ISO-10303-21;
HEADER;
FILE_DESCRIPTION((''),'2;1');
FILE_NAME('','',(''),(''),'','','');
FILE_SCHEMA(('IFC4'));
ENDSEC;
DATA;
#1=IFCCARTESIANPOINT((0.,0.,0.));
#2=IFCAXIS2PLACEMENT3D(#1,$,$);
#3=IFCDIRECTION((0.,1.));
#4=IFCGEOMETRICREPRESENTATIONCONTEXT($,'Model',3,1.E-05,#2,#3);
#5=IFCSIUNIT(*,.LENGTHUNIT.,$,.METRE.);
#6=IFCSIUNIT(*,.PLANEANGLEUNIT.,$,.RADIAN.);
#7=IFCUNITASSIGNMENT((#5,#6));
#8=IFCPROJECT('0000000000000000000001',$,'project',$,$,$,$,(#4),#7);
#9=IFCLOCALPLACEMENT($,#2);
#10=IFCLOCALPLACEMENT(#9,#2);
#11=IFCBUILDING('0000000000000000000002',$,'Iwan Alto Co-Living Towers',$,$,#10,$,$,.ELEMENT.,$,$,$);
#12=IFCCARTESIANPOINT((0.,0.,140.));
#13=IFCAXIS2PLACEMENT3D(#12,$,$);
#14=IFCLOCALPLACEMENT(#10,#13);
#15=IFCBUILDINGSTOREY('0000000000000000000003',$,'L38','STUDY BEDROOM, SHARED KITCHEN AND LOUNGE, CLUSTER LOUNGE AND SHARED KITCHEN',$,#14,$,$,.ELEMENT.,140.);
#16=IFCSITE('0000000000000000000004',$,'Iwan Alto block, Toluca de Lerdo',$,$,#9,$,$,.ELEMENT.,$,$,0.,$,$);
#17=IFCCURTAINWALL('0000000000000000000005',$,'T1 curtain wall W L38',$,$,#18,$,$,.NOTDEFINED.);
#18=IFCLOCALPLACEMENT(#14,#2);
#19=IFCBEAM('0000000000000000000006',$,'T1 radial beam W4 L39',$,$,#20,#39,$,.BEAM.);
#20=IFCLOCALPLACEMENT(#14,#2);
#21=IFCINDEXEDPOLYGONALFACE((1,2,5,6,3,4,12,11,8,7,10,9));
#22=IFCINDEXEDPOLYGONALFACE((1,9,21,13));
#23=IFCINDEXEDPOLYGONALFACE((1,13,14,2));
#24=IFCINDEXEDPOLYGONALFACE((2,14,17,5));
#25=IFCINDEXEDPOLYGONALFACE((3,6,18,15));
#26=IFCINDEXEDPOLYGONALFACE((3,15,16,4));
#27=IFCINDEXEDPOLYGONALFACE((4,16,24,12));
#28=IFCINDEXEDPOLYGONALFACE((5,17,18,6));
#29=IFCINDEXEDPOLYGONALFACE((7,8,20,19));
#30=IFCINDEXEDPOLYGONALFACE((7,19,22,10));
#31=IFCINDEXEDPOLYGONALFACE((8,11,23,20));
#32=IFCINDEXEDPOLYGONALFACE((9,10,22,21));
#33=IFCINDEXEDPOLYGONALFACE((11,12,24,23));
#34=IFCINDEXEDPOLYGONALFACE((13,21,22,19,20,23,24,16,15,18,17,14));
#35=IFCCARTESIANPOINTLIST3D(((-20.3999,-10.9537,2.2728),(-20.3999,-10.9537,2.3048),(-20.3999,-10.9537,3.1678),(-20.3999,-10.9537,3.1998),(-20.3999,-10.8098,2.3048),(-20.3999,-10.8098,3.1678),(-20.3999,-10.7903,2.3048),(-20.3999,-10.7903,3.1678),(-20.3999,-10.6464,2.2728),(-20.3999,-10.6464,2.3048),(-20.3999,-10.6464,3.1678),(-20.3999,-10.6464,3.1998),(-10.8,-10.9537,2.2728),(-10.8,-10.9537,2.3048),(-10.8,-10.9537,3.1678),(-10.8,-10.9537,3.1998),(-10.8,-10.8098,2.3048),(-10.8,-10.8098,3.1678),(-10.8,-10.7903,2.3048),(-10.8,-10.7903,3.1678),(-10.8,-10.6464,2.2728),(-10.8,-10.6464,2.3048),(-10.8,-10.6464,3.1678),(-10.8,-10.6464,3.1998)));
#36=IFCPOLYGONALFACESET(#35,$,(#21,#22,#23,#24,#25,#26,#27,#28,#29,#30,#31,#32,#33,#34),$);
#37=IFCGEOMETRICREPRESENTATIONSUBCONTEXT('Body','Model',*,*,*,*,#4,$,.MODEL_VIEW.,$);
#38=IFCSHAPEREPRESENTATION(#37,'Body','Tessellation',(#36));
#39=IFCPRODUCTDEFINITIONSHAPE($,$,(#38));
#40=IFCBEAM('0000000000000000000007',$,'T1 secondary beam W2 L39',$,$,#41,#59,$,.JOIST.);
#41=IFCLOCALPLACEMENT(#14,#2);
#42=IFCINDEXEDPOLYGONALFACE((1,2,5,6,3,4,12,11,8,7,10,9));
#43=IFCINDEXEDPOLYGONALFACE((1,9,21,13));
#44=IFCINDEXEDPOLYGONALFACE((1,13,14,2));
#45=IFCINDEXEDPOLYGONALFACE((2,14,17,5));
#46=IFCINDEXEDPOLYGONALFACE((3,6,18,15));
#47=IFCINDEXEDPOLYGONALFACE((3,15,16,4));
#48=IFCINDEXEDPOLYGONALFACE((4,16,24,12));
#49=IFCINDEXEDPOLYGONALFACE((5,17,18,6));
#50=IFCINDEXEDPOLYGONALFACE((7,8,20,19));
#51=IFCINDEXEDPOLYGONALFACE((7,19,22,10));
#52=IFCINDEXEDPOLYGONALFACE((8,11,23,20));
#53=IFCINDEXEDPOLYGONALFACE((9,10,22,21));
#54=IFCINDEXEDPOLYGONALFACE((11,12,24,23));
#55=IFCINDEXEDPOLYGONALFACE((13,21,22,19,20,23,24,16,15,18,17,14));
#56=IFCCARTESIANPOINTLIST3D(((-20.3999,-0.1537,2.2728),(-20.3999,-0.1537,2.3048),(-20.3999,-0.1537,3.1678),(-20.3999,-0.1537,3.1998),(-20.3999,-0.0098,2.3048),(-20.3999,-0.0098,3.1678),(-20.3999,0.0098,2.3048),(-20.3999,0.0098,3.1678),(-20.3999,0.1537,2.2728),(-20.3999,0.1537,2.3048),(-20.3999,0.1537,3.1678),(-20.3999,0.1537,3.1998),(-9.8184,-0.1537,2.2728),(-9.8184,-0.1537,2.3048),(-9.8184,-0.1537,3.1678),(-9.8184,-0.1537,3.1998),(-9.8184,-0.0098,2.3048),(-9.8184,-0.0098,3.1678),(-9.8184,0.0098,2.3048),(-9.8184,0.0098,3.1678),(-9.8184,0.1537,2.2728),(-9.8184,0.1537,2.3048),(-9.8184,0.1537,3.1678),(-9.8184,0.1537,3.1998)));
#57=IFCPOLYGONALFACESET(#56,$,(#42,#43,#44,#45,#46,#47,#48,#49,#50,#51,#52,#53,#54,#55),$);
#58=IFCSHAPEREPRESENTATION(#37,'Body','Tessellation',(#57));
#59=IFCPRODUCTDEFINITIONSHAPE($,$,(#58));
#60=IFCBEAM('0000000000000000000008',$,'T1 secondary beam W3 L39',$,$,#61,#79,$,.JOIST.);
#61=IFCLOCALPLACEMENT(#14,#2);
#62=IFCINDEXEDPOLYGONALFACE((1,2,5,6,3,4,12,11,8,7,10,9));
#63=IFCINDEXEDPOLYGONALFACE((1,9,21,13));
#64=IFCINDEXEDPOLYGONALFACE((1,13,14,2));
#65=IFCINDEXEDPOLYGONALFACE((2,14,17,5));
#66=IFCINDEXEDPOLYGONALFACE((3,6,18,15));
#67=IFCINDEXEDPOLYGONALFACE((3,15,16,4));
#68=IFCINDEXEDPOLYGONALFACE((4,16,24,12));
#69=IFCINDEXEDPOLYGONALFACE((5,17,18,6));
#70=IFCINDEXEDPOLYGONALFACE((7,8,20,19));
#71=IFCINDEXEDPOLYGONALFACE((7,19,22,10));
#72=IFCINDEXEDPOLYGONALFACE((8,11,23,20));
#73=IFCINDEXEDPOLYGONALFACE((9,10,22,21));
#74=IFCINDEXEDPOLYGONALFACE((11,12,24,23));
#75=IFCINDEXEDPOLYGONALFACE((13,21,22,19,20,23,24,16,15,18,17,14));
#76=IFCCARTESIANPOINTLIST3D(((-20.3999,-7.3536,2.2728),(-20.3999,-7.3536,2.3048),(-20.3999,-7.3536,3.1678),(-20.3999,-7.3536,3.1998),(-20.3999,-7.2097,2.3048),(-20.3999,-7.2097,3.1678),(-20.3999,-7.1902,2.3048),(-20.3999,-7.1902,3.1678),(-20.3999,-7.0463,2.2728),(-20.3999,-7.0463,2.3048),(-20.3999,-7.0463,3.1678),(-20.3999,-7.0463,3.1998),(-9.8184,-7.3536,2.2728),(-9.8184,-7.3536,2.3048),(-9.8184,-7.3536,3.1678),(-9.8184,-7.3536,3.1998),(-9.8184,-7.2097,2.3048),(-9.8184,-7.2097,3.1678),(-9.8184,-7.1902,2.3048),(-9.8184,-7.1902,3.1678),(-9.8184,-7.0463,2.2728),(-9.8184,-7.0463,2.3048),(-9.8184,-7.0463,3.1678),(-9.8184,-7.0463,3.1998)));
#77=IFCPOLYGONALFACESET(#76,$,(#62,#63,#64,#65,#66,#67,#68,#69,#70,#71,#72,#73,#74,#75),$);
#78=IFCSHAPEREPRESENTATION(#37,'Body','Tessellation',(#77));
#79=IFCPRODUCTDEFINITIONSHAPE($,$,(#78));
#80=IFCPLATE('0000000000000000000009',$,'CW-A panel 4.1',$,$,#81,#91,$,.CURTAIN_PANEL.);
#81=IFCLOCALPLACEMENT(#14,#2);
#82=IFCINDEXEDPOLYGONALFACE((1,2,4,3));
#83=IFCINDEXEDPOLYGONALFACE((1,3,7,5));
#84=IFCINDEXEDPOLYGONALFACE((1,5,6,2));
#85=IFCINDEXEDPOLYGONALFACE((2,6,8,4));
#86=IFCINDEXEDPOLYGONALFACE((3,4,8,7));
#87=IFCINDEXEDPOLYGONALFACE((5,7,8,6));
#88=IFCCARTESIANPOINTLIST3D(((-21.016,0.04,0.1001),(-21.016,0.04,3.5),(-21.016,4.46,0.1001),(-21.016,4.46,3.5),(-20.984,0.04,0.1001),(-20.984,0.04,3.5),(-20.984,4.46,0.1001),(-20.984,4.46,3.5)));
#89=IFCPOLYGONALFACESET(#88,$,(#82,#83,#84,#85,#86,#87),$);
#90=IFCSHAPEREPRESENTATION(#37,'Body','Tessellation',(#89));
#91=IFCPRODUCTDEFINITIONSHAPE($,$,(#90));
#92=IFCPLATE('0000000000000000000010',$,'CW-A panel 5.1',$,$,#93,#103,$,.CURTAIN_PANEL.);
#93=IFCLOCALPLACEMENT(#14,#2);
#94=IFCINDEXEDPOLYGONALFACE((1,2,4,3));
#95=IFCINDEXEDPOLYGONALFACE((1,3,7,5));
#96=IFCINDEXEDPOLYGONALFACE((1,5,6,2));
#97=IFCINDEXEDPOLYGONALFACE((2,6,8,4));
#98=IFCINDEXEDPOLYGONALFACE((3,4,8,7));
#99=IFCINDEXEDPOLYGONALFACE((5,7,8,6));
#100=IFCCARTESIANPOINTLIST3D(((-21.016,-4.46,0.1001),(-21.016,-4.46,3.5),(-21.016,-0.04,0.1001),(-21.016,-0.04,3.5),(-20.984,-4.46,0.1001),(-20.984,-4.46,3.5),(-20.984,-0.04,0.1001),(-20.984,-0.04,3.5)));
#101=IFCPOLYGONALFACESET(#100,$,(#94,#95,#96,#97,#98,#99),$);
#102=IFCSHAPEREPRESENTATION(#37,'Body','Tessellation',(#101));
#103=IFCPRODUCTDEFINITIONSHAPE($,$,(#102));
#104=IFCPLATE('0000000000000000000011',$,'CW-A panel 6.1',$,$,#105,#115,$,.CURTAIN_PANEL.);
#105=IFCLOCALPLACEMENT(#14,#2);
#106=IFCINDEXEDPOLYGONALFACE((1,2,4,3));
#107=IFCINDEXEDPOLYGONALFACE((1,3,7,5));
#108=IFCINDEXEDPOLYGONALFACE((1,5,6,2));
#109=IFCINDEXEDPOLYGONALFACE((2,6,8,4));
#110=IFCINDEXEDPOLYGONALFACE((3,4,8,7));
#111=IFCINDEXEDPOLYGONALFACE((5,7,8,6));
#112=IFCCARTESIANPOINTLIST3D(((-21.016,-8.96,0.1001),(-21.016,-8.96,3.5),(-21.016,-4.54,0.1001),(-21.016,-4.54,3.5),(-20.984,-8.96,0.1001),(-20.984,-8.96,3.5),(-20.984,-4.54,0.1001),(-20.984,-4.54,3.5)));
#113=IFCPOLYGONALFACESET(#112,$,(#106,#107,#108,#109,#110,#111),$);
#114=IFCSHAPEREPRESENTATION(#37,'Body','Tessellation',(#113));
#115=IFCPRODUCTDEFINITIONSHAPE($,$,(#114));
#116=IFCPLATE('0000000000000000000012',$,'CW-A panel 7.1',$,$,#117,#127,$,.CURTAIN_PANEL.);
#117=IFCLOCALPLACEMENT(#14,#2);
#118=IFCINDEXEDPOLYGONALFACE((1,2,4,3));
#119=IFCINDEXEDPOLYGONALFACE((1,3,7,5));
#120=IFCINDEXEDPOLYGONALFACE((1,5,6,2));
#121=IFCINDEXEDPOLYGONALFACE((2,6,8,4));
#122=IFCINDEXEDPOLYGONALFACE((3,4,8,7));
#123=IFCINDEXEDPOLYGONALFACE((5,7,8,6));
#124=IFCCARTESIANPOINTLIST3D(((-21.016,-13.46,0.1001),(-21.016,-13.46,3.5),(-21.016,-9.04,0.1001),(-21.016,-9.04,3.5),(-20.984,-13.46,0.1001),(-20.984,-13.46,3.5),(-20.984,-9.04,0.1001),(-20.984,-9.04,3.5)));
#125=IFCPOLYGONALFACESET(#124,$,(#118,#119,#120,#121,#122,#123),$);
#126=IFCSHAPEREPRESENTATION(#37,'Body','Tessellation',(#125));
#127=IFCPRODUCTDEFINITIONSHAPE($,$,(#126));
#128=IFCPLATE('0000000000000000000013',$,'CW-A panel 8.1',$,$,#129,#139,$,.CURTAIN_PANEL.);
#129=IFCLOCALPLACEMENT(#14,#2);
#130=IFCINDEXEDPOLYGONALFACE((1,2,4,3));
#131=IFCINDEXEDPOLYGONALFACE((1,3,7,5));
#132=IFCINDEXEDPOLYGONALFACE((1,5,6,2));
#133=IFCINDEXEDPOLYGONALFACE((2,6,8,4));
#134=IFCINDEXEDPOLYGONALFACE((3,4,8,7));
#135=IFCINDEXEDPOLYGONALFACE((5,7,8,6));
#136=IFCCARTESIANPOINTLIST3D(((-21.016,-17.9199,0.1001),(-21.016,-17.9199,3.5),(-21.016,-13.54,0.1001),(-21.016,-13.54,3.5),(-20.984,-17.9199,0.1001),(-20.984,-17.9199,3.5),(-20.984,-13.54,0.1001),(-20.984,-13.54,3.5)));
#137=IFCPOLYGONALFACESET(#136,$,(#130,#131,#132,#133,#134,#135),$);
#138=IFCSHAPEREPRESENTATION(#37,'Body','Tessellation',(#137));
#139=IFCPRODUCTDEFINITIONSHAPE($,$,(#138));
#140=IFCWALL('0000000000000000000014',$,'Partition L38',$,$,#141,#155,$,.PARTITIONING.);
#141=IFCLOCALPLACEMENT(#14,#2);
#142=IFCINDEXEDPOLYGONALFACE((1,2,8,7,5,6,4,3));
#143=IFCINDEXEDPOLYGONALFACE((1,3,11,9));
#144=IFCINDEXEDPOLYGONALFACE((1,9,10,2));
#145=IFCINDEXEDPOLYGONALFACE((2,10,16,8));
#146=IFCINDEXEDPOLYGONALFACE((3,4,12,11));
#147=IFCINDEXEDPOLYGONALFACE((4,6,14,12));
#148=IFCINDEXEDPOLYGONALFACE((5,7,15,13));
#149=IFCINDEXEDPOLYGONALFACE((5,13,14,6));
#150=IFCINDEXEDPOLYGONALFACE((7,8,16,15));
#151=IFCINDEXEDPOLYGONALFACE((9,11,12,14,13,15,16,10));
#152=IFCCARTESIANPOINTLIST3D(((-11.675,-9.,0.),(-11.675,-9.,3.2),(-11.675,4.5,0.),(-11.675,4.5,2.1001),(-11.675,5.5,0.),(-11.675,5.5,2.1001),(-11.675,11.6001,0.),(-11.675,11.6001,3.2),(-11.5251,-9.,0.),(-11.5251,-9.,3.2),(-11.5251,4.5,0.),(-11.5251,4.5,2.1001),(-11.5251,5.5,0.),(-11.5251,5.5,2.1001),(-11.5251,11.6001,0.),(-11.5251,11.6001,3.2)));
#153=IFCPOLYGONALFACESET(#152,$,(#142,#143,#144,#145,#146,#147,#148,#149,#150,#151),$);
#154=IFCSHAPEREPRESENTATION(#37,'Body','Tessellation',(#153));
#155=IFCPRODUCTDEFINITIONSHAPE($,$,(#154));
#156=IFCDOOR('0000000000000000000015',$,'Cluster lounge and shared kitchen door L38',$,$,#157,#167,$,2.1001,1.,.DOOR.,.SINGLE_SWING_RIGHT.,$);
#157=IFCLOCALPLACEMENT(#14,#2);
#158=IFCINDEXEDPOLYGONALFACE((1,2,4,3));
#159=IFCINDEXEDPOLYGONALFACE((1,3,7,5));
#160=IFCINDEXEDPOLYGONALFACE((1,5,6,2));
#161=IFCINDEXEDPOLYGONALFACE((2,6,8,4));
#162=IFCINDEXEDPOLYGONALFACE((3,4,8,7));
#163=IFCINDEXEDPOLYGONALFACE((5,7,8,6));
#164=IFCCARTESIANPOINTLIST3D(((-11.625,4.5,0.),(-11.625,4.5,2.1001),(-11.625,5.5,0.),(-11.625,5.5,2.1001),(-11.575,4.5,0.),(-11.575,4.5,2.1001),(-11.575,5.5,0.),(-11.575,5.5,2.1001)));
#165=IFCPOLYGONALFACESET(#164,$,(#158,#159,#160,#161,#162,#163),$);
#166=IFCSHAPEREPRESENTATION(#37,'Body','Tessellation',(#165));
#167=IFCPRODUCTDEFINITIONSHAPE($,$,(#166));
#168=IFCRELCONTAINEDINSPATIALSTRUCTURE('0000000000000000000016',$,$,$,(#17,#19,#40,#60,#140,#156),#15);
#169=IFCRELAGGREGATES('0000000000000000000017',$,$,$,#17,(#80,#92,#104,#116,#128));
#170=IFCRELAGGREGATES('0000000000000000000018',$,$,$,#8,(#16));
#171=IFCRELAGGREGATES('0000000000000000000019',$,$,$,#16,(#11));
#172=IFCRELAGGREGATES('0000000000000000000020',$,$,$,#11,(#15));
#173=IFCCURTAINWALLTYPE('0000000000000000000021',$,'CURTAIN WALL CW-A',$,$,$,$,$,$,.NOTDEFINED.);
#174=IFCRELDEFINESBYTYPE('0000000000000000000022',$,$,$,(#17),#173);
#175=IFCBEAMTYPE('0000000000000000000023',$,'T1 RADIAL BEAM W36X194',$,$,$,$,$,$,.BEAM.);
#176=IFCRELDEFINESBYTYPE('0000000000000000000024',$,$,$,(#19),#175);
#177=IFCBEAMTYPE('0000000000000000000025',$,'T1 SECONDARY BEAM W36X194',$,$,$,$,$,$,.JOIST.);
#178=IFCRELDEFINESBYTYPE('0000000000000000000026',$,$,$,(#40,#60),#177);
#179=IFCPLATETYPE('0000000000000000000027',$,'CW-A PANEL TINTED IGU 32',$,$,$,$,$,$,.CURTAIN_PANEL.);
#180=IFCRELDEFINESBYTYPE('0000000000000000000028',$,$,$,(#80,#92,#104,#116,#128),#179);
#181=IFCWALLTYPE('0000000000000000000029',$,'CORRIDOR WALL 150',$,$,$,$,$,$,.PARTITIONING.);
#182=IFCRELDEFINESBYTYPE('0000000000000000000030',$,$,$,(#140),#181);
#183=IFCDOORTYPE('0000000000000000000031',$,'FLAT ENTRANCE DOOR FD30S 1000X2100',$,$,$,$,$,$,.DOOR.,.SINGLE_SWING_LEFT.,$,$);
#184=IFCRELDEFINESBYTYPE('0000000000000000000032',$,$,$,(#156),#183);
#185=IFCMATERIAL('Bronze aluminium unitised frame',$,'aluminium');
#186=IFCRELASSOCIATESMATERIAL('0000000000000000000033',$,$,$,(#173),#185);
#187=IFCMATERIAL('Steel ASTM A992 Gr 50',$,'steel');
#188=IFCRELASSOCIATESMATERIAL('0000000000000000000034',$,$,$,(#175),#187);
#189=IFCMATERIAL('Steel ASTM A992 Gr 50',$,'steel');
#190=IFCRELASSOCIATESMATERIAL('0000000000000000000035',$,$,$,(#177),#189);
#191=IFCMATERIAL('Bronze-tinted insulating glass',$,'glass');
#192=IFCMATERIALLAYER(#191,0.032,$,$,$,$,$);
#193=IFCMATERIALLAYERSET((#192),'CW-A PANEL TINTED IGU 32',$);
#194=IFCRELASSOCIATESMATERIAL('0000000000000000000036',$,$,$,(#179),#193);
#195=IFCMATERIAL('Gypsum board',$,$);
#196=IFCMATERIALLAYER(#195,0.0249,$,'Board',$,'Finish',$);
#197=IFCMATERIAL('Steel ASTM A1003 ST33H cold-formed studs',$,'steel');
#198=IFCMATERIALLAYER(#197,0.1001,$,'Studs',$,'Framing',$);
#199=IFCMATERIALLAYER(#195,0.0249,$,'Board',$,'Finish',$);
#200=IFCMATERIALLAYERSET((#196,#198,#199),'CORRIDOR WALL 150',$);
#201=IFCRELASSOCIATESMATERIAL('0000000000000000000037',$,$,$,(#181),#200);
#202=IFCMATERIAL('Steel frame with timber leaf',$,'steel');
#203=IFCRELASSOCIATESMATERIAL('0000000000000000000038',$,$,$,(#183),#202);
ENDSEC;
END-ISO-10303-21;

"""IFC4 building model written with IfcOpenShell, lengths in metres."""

from ifc_helpers import new_model, si_unit, direction, frame, frame_2d, origin, origin_2d, place, context, subcontext, project, spatial, rectangle, i_section, extrude, material, layer, layer_set, material_profile, profile_set, type_object, element, fill, aggregate, save


model = new_model("IFC4")

# Units and contexts
model_context = context("Model", 3, precision=1e-05, world=origin(), true_north=direction((0.0, 1.0)))
body_context = subcontext(model_context, "Body", "Model", "MODEL_VIEW")
ifc_project = project(units=[si_unit("LENGTHUNIT", "METRE"), si_unit("PLANEANGLEUNIT", "RADIAN")], contexts=[model_context])

# Site, building, storey
site_placement = place(None, origin())
site = spatial("IfcSite", under=ifc_project, at=site_placement, Name="Iwan Alto block, Toluca de Lerdo", CompositionType="ELEMENT", RefElevation=0.0)
building_placement = place(site_placement, origin())
building = spatial("IfcBuilding", under=site, at=building_placement, Name="Iwan Alto Co-Living Towers", CompositionType="ELEMENT")
storey_placement = place(building_placement, frame((0.0, 0.0, 140.0)))
storey = spatial("IfcBuildingStorey", under=building, at=storey_placement, Name="L38", Description="STUDY BEDROOM, SHARED KITCHEN AND LOUNGE, CLUSTER LOUNGE AND SHARED KITCHEN", CompositionType="ELEMENT", Elevation=140.0)

# Curtain wall
ifc_material_1 = material(Name="Bronze aluminium unitised frame", Category="aluminium")
curtain_wall_type_1 = type_object("IfcCurtainWallType", Name="CURTAIN WALL CW-A", PredefinedType="NOTDEFINED", material=ifc_material_1)
curtain_wall_1_placement = place(storey_placement, origin())
curtain_wall_1 = element("IfcCurtainWall", 1, at=curtain_wall_1_placement, inside=storey, type_object=curtain_wall_type_1, Name="T1 curtain wall W L38", PredefinedType="NOTDEFINED")

# Beams
ifc_material_2 = material(Name="Steel ASTM A992 Gr 50", Category="steel")
ifc_material_profile_1 = material_profile(ifc_material_2, i_section(OverallWidth=0.3074, OverallDepth=0.927, WebThickness=0.0195, FlangeThickness=0.032, at=origin_2d()), Name="W36X194")
ifc_profile_set_1 = profile_set([ifc_material_profile_1], Name="Steel ASTM A992 Gr 50")
beam_type_1 = type_object("IfcBeamType", Name="T1 RADIAL BEAM W36X194", PredefinedType="BEAM", material=ifc_profile_set_1)
beam_1_placement = place(storey_placement, frame((-20.3999, -10.8, 2.7363), z_axis=(1.0, 0.0, 0.0), x_axis=(0.0, 1.0, 0.0)))
element("IfcBeam", 2, at=beam_1_placement, inside=storey, type_object=beam_type_1, Name="T1 radial beam W4 L39", PredefinedType="BEAM", context=body_context, shape_type="SweptSolid", body=[
    extrude(i_section(OverallWidth=0.3074, OverallDepth=0.927, WebThickness=0.0195, FlangeThickness=0.032, at=origin_2d()), origin(), (0.0, 0.0, 1.0), 9.5999),
])
ifc_material_3 = material(Name="Steel ASTM A992 Gr 50", Category="steel")
ifc_material_profile_2 = material_profile(ifc_material_3, i_section(OverallWidth=0.3074, OverallDepth=0.927, WebThickness=0.0195, FlangeThickness=0.032, at=origin_2d()), Name="W36X194")
ifc_profile_set_2 = profile_set([ifc_material_profile_2], Name="Steel ASTM A992 Gr 50")
beam_type_2 = type_object("IfcBeamType", Name="T1 SECONDARY BEAM W36X194", PredefinedType="JOIST", material=ifc_profile_set_2)
for number, where, z_axis, x_axis, name in (
    (3, (-20.3999, 0.0, 2.7363), (1.0, 0.0, 0.0), (0.0, 1.0, 0.0), "T1 secondary beam W2 L39"),
    (4, (-20.3999, -7.2, 2.7363), (1.0, 0.0, 0.0), (0.0, 1.0, 0.0), "T1 secondary beam W3 L39"),
):
    element("IfcBeam", number, at=place(storey_placement, frame(where, z_axis=z_axis, x_axis=x_axis)), inside=storey, type_object=beam_type_2, Name=name, PredefinedType="JOIST", context=body_context, shape_type="SweptSolid", body=[
        extrude(i_section(OverallWidth=0.3074, OverallDepth=0.927, WebThickness=0.0195, FlangeThickness=0.032, at=origin_2d()), origin(), (0.0, 0.0, 1.0), 10.5815),
    ])

# Plates
ifc_material_4 = material(Name="Bronze-tinted insulating glass", Category="glass")
ifc_layer_1 = layer(ifc_material_4, 0.032)
ifc_layer_set_1 = layer_set([ifc_layer_1], Name="CW-A PANEL TINTED IGU 32")
plate_type = type_object("IfcPlateType", Name="CW-A PANEL TINTED IGU 32", PredefinedType="CURTAIN_PANEL", material=ifc_layer_set_1)
plate_1_placement = place(storey_placement, frame((-21.0, 2.25, 0.1001), z_axis=(0.0, 0.0, 1.0), x_axis=(0.0, -1.0, 0.0)))
plate_1 = element("IfcPlate", 5, at=plate_1_placement, type_object=plate_type, Name="CW-A panel 4.1", PredefinedType="CURTAIN_PANEL", context=body_context, shape_type="SweptSolid", body=[
    extrude(rectangle(XDim=4.4199, YDim=0.032, at=origin_2d()), origin(), (0.0, 0.0, 1.0), 3.3999),
])
plate_2_placement = place(storey_placement, frame((-21.0, -2.25, 0.1001), z_axis=(0.0, 0.0, 1.0), x_axis=(0.0, -1.0, 0.0)))
plate_2 = element("IfcPlate", 6, at=plate_2_placement, type_object=plate_type, Name="CW-A panel 5.1", PredefinedType="CURTAIN_PANEL", context=body_context, shape_type="SweptSolid", body=[
    extrude(rectangle(XDim=4.4199, YDim=0.032, at=origin_2d()), origin(), (0.0, 0.0, 1.0), 3.3999),
])
plate_3_placement = place(storey_placement, frame((-21.0, -6.75, 0.1001), z_axis=(0.0, 0.0, 1.0), x_axis=(0.0, -1.0, 0.0)))
plate_3 = element("IfcPlate", 7, at=plate_3_placement, type_object=plate_type, Name="CW-A panel 6.1", PredefinedType="CURTAIN_PANEL", context=body_context, shape_type="SweptSolid", body=[
    extrude(rectangle(XDim=4.4199, YDim=0.032, at=origin_2d()), origin(), (0.0, 0.0, 1.0), 3.3999),
])
plate_4_placement = place(storey_placement, frame((-21.0, -11.25, 0.1001), z_axis=(0.0, 0.0, 1.0), x_axis=(0.0, -1.0, 0.0)))
plate_4 = element("IfcPlate", 8, at=plate_4_placement, type_object=plate_type, Name="CW-A panel 7.1", PredefinedType="CURTAIN_PANEL", context=body_context, shape_type="SweptSolid", body=[
    extrude(rectangle(XDim=4.4199, YDim=0.032, at=origin_2d()), origin(), (0.0, 0.0, 1.0), 3.3999),
])
plate_5_placement = place(storey_placement, frame((-21.0, -15.73, 0.1001), z_axis=(0.0, 0.0, 1.0), x_axis=(0.0, -1.0, 0.0)))
plate_5 = element("IfcPlate", 9, at=plate_5_placement, type_object=plate_type, Name="CW-A panel 8.1", PredefinedType="CURTAIN_PANEL", context=body_context, shape_type="SweptSolid", body=[
    extrude(rectangle(XDim=4.3799, YDim=0.032, at=origin_2d()), origin(), (0.0, 0.0, 1.0), 3.3999),
])
aggregate(curtain_wall_1, [plate_1, plate_2, plate_3, plate_4, plate_5])

# Wall, opening, door
ifc_material_5 = material(Name="Gypsum board")
ifc_layer_2 = layer(ifc_material_5, 0.0249, Name="Board", Category="Finish")
ifc_material_6 = material(Name="Steel ASTM A1003 ST33H cold-formed studs", Category="steel")
ifc_layer_3 = layer(ifc_material_6, 0.1001, Name="Studs", Category="Framing")
ifc_layer_4 = layer(ifc_material_5, 0.0249, Name="Board", Category="Finish")
ifc_layer_set_2 = layer_set([ifc_layer_2, ifc_layer_3, ifc_layer_4], Name="CORRIDOR WALL 150")
wall_type_1 = type_object("IfcWallType", Name="CORRIDOR WALL 150", PredefinedType="PARTITIONING", material=ifc_layer_set_2)
wall_1_placement = place(storey_placement, frame((-11.6001, -9.0, 0.0), z_axis=(0.0, 0.0, 1.0), x_axis=(0.0, 1.0, 0.0)))
wall_1 = element("IfcWall", 10, at=wall_1_placement, inside=storey, type_object=wall_type_1, Name="Partition L38", PredefinedType="PARTITIONING", context=body_context, shape_type="SweptSolid", body=[
    extrude(rectangle(XDim=20.6001, YDim=0.1499, at=frame_2d((10.3, 0.0))), origin(), (0.0, 0.0, 1.0), 3.2),
])
opening_1_placement = place(wall_1_placement, frame((13.5, 0.0, 0.0)))
opening_1 = element("IfcOpeningElement", 11, at=opening_1_placement, cuts=wall_1, PredefinedType="OPENING", context=body_context, shape_type="SweptSolid", body=[
    extrude(rectangle(XDim=1.0, YDim=2.1001, at=frame_2d((0.5, 1.05))), frame((0.0, 0.085, 0.0), z_axis=(0.0, -1.0, 0.0), x_axis=(1.0, 0.0, 0.0)), (0.0, 0.0, 1.0), 0.1699),
])
ifc_material_7 = material(Name="Steel frame with timber leaf", Category="steel")
door_type_1 = type_object("IfcDoorType", Name="FLAT ENTRANCE DOOR FD30S 1000X2100", OperationType="SINGLE_SWING_LEFT", PredefinedType="DOOR", material=ifc_material_7)
door_1_placement = place(opening_1_placement, origin())
door_1 = element("IfcDoor", 12, at=door_1_placement, inside=storey, type_object=door_type_1, Name="Cluster lounge and shared kitchen door L38", OperationType="SINGLE_SWING_RIGHT", OverallHeight=2.1001, OverallWidth=1.0, PredefinedType="DOOR", context=body_context, shape_type="SweptSolid", body=[
    extrude(rectangle(XDim=1.0, YDim=2.1001, at=frame_2d((0.5, 1.05))), frame((0.0, 0.0249, 0.0), z_axis=(0.0, -1.0, 0.0), x_axis=(1.0, 0.0, 0.0)), (0.0, 0.0, 1.0), 0.05),
])
fill(opening_1, door_1)

save(model, "model.ifc")
